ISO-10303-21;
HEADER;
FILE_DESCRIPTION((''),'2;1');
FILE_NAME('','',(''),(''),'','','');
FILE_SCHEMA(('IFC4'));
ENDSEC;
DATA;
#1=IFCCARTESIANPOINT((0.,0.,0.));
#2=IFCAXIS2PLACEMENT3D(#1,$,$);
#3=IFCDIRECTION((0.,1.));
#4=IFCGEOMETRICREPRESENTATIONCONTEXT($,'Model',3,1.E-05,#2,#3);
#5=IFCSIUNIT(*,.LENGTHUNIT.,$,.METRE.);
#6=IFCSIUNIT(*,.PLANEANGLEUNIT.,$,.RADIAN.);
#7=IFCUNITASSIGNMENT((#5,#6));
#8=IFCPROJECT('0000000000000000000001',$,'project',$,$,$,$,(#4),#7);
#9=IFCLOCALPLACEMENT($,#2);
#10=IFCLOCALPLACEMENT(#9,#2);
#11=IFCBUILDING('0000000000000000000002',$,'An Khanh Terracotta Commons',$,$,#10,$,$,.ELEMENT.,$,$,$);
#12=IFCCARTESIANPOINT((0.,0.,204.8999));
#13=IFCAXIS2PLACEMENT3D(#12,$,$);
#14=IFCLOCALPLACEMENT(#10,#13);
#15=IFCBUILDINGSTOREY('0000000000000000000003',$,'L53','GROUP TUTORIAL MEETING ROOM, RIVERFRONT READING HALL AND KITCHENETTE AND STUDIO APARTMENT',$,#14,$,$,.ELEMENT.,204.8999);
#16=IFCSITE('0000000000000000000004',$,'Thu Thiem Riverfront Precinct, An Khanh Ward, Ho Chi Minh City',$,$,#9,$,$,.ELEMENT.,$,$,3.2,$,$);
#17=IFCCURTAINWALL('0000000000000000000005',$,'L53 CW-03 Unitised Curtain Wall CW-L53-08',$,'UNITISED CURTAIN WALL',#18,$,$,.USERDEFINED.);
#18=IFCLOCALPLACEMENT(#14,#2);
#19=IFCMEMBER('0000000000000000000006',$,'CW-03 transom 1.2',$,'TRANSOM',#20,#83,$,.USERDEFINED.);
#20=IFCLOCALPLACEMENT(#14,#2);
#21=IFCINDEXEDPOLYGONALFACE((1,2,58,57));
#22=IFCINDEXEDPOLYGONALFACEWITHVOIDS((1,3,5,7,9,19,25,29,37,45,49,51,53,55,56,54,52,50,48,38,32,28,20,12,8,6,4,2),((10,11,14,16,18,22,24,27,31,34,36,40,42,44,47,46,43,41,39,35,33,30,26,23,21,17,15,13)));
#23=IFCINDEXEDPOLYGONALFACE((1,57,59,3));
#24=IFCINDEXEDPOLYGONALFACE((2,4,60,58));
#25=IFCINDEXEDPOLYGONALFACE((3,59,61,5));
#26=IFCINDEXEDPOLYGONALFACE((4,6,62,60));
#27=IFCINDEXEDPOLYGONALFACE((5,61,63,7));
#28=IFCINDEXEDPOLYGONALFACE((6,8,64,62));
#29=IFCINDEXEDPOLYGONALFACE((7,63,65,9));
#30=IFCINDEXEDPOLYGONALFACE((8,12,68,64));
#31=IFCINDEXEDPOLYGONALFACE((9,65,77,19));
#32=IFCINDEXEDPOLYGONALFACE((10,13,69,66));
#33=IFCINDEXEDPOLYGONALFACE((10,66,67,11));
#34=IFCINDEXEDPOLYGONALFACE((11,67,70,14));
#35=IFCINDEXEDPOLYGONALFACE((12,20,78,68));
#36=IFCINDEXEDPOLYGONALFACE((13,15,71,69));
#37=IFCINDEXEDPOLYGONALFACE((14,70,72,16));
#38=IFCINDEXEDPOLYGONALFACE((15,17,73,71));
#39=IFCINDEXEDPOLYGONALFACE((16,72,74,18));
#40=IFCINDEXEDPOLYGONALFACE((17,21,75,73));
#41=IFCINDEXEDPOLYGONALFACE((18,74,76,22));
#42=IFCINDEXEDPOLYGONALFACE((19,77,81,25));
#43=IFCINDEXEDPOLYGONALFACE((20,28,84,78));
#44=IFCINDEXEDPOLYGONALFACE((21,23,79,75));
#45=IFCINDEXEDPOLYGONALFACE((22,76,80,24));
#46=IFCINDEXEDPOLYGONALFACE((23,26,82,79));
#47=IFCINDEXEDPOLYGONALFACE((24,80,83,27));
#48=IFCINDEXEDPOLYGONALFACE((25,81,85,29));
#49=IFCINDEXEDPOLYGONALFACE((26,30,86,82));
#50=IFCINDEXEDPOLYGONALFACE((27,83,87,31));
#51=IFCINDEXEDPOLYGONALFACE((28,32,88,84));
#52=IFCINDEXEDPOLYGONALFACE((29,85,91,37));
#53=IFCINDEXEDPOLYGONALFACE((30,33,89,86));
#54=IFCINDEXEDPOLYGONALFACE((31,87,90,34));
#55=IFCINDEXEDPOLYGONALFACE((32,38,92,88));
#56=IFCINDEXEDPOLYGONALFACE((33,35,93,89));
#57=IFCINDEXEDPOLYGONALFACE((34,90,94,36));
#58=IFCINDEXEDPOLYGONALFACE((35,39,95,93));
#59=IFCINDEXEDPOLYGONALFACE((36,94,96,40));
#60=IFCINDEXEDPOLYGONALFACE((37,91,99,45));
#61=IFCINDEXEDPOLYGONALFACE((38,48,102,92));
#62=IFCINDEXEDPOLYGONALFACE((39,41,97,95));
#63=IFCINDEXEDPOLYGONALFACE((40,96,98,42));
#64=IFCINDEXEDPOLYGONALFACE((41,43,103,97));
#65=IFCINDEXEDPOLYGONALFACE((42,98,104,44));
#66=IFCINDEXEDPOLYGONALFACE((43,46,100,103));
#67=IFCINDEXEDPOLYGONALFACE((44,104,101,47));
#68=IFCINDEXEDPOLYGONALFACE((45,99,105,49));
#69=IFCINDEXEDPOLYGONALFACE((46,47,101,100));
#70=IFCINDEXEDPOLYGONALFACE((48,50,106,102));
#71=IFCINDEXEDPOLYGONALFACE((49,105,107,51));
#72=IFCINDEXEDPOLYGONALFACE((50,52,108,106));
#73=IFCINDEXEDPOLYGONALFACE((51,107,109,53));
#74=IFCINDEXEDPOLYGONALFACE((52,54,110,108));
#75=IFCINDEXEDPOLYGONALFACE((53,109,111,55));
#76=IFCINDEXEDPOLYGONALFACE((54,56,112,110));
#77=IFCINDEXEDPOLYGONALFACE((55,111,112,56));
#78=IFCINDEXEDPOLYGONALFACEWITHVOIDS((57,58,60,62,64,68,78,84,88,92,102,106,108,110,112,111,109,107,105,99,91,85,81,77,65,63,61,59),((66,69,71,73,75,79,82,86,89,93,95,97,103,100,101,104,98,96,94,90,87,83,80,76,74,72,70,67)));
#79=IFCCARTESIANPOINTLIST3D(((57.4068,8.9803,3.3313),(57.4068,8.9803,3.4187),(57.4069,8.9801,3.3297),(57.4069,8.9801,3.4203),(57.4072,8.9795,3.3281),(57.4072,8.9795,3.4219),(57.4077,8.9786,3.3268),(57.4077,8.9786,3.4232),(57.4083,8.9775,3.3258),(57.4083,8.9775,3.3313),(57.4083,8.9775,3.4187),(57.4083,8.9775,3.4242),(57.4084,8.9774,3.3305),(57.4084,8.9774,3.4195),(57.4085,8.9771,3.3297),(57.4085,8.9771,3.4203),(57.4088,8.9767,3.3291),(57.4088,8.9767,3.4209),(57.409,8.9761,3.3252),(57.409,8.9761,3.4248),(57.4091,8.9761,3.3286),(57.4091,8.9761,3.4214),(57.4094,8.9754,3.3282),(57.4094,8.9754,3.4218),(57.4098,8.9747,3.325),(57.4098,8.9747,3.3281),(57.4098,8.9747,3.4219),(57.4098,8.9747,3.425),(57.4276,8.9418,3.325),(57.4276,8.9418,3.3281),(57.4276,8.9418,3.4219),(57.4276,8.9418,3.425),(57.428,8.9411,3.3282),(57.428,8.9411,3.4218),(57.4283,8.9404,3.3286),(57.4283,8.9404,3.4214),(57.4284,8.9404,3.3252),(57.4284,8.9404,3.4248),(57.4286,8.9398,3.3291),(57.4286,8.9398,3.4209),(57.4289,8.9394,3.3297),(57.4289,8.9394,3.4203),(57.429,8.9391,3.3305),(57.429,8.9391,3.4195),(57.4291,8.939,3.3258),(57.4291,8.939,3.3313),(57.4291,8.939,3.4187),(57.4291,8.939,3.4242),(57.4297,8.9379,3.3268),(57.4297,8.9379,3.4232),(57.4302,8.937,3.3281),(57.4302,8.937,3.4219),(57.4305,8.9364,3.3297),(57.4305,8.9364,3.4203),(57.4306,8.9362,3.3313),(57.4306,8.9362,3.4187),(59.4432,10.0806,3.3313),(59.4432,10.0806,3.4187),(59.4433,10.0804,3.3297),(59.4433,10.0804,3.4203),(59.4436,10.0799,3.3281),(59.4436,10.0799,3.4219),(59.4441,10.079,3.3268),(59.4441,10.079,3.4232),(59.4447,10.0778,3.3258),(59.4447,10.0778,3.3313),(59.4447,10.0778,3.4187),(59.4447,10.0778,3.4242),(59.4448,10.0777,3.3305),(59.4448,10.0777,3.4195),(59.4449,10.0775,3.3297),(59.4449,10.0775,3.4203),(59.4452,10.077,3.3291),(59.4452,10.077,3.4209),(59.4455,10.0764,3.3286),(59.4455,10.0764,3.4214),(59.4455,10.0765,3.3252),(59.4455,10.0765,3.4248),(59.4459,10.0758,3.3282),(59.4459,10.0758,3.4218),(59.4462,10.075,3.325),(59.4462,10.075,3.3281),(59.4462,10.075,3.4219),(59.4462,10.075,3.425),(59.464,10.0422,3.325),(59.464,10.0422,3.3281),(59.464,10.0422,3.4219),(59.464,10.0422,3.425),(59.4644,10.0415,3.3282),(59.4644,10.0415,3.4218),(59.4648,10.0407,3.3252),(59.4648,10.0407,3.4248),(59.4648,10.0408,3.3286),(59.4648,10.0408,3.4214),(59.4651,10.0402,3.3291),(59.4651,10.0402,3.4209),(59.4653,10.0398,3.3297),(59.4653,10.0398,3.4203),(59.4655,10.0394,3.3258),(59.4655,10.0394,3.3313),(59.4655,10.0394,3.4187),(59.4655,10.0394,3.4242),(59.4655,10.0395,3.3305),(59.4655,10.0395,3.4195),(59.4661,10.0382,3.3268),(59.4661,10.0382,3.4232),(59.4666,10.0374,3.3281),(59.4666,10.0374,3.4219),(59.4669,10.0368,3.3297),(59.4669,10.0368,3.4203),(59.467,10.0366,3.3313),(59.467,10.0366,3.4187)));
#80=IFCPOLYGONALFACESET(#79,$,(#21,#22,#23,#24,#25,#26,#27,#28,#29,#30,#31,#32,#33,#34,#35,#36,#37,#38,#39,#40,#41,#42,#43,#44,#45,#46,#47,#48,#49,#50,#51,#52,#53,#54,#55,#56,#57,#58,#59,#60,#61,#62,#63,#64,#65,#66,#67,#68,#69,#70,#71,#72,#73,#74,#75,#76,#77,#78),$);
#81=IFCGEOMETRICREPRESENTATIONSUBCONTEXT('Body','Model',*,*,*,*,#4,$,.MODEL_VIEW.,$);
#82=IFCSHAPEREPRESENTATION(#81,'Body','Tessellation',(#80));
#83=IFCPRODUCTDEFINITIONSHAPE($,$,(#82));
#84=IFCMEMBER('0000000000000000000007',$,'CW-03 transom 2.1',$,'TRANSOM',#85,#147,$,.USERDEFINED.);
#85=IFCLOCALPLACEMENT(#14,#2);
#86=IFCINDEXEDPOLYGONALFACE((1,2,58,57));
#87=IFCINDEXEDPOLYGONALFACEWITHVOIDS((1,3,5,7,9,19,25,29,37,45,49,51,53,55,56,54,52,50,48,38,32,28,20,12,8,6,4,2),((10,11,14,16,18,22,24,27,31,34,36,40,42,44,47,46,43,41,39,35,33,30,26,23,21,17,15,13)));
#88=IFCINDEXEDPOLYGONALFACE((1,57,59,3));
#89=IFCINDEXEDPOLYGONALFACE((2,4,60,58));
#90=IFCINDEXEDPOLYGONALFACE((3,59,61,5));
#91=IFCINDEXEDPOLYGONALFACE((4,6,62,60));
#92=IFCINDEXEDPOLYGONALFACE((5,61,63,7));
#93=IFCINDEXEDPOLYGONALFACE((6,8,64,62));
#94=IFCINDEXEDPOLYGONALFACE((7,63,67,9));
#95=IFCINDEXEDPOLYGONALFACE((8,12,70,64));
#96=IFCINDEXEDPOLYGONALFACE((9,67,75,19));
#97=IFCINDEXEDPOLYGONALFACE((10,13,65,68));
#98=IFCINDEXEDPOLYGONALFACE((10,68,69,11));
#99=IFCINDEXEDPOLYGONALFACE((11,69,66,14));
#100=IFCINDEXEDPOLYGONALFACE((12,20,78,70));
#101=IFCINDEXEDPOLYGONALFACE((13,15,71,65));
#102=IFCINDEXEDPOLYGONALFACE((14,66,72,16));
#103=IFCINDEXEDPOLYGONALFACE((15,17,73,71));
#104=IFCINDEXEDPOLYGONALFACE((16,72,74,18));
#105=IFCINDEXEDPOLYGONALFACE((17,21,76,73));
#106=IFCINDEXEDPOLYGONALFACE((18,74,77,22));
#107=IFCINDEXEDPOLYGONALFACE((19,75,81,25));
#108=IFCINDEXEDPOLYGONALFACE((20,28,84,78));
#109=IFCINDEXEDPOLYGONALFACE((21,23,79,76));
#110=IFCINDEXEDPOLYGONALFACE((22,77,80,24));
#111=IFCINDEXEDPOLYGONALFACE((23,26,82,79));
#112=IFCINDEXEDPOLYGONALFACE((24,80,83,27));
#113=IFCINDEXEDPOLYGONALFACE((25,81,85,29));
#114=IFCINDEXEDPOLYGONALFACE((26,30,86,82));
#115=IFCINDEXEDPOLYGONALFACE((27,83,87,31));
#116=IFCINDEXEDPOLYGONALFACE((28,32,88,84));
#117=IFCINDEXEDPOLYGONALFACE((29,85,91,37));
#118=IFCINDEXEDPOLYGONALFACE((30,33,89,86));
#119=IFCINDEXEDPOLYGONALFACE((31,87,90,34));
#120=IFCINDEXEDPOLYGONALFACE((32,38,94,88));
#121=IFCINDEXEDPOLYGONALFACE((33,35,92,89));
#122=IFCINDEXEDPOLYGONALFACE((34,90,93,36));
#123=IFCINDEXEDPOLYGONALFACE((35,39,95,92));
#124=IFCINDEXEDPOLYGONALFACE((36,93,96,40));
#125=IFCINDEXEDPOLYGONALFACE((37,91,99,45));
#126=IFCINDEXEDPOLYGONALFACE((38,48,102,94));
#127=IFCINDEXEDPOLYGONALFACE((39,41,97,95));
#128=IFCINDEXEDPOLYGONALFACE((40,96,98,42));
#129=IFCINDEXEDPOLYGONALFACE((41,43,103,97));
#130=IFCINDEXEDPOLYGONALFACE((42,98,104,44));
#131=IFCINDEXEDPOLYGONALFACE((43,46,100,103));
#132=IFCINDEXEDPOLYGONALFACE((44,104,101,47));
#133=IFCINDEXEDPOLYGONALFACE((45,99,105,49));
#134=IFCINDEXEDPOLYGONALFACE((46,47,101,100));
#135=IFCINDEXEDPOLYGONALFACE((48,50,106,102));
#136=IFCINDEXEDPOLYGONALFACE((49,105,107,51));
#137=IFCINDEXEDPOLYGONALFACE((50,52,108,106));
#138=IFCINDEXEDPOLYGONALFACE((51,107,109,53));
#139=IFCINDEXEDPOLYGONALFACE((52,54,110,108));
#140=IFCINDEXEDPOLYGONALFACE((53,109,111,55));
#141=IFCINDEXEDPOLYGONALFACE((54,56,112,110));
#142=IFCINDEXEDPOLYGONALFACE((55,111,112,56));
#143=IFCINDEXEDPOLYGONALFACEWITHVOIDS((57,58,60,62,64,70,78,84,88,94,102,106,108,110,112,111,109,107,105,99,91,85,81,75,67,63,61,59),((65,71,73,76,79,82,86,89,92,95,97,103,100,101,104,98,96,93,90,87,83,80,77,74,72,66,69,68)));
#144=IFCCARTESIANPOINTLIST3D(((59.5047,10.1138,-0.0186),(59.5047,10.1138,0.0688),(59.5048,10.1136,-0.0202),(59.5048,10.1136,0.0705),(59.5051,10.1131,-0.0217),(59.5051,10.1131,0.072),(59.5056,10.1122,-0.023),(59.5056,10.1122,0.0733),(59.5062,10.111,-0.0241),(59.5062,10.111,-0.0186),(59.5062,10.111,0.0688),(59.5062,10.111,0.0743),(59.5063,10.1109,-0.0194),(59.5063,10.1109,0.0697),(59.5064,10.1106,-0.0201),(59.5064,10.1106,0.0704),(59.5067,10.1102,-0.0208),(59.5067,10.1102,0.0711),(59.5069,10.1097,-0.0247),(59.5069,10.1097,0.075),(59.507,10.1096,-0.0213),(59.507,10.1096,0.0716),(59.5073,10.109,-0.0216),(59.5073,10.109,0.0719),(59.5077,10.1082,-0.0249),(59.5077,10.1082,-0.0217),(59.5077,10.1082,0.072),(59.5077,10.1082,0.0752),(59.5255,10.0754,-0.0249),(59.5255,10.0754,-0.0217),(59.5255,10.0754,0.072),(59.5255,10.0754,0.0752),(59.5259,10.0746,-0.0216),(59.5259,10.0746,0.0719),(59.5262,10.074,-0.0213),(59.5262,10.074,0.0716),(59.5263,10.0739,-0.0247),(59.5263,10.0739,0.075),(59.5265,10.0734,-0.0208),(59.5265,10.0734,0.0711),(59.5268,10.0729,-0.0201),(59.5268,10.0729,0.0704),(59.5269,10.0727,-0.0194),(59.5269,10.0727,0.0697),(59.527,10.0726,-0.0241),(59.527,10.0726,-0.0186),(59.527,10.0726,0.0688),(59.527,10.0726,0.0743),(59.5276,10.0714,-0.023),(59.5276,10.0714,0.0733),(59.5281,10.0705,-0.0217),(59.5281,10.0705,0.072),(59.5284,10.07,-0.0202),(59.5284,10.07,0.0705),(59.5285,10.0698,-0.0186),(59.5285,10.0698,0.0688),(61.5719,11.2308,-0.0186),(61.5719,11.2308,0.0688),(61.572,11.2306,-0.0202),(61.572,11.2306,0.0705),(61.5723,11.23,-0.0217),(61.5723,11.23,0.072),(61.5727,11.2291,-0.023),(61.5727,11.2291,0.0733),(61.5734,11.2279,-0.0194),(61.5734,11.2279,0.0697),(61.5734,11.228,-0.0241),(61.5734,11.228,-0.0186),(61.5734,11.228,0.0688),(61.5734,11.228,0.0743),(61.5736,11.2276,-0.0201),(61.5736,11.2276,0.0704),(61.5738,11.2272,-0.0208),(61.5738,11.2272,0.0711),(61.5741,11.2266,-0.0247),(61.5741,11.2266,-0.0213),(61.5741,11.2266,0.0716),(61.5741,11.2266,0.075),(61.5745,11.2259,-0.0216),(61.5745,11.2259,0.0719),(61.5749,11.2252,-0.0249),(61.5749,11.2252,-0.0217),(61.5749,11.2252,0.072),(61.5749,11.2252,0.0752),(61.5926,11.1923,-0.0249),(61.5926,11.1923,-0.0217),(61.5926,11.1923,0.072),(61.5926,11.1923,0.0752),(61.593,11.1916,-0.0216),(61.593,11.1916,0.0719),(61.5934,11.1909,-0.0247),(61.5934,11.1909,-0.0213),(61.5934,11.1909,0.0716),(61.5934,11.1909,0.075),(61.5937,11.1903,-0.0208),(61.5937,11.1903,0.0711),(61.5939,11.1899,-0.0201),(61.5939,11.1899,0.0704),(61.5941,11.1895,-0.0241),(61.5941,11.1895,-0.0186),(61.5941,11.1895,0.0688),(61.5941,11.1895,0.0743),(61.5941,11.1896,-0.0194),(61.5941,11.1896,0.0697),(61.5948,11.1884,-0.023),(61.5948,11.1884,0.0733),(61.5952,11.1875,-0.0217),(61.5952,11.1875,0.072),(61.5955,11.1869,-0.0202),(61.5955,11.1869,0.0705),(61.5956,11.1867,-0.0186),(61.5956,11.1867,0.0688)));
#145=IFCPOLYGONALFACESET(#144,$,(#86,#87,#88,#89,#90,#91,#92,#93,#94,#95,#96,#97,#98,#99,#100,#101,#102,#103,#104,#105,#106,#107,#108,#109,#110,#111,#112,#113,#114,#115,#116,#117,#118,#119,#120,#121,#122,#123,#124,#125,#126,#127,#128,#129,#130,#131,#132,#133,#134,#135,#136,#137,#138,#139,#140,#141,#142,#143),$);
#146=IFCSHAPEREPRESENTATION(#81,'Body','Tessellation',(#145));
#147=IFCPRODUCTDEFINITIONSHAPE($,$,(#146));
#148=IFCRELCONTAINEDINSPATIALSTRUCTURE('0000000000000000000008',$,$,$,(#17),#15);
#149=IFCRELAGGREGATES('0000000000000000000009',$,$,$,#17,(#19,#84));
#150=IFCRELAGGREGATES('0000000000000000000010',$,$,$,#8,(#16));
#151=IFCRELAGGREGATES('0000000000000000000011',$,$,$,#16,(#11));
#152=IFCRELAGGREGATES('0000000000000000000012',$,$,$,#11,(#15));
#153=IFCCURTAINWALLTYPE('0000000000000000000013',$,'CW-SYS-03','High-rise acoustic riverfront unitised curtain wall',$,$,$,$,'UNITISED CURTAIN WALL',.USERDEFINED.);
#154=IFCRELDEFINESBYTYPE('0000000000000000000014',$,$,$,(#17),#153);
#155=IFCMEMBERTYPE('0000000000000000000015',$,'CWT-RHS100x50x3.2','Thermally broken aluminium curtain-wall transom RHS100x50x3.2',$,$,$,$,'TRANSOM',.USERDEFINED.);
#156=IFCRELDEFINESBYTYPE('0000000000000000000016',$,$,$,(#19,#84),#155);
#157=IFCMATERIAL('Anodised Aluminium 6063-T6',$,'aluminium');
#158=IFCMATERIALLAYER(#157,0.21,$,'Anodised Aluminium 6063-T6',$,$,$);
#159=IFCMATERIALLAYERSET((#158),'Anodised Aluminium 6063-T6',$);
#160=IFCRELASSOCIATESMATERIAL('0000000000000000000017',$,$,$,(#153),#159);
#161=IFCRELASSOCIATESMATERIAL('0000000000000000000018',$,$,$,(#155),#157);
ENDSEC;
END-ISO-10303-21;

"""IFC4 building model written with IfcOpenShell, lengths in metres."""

from ifc_helpers import new_model, si_unit, direction, frame, origin, origin_2d, place, context, subcontext, project, spatial, hollow_rectangle, extrude, material, layer, layer_set, material_profile, profile_set, type_object, element, aggregate, save


model = new_model("IFC4")

# Units and contexts
model_context = context("Model", 3, precision=1e-05, world=origin(), true_north=direction((0.0, 1.0)))
body_context = subcontext(model_context, "Body", "Model", "MODEL_VIEW")
ifc_project = project(units=[si_unit("LENGTHUNIT", "METRE"), si_unit("PLANEANGLEUNIT", "RADIAN")], contexts=[model_context])

# Site, building, storey
site_placement = place(None, origin())
site = spatial("IfcSite", under=ifc_project, at=site_placement, Name="Thu Thiem Riverfront Precinct, An Khanh Ward, Ho Chi Minh City", CompositionType="ELEMENT", RefElevation=3.2)
building_placement = place(site_placement, origin())
building = spatial("IfcBuilding", under=site, at=building_placement, Name="An Khanh Terracotta Commons", CompositionType="ELEMENT")
storey_placement = place(building_placement, frame((0.0, 0.0, 204.8999)))
storey = spatial("IfcBuildingStorey", under=building, at=storey_placement, Name="L53", Description="GROUP TUTORIAL MEETING ROOM, RIVERFRONT READING HALL AND KITCHENETTE AND STUDIO APARTMENT", CompositionType="ELEMENT", Elevation=204.8999)

# Curtain wall, members
ifc_material_1 = material(Name="Anodised Aluminium 6063-T6", Category="aluminium")
ifc_layer_1 = layer(ifc_material_1, 0.21, Name="Anodised Aluminium 6063-T6")
ifc_layer_set_1 = layer_set([ifc_layer_1], Name="Anodised Aluminium 6063-T6")
curtain_wall_type = type_object("IfcCurtainWallType", Name="CW-SYS-03", Description="High-rise acoustic riverfront unitised curtain wall", ElementType="UNITISED CURTAIN WALL", PredefinedType="USERDEFINED", material=ifc_layer_set_1)
curtain_wall_placement = place(storey_placement, origin())
curtain_wall = element("IfcCurtainWall", 1, at=curtain_wall_placement, inside=storey, type_object=curtain_wall_type, Name="L53 CW-03 Unitised Curtain Wall CW-L53-08", ObjectType="UNITISED CURTAIN WALL", PredefinedType="USERDEFINED")
ifc_material_profile_1 = material_profile(ifc_material_1, hollow_rectangle(XDim=0.05, YDim=0.1001, WallThickness=0.0032, InnerFilletRadius=0.0032, OuterFilletRadius=0.0063, at=origin_2d()), Name="RHS100x50x3.2")
ifc_profile_set_1 = profile_set([ifc_material_profile_1], Name="Anodised Aluminium 6063-T6")
member_type_1 = type_object("IfcMemberType", Name="CWT-RHS100x50x3.2", Description="Thermally broken aluminium curtain-wall transom RHS100x50x3.2", ElementType="TRANSOM", PredefinedType="USERDEFINED", material=ifc_profile_set_1)
member_1_placement = place(storey_placement, frame((57.4187, 8.9583, 3.375), z_axis=(0.879779, 0.475382, 0.0), x_axis=(-0.475382, 0.879779, 0.0)))
member_1 = element("IfcMember", 2, at=member_1_placement, type_object=member_type_1, Name="CW-03 transom 1.2", ObjectType="TRANSOM", PredefinedType="USERDEFINED", context=body_context, shape_type="SweptSolid", body=[
    extrude(hollow_rectangle(XDim=0.05, YDim=0.1001, WallThickness=0.0032, InnerFilletRadius=0.0032, OuterFilletRadius=0.0063, at=origin_2d()), origin(), (0.0, 0.0, 1.0), 2.3147),
])
member_2_placement = place(storey_placement, frame((59.5166, 10.0918, 0.0251), z_axis=(0.879783, 0.475376, 0.0), x_axis=(-0.475376, 0.879783, 0.0)))
member_2 = element("IfcMember", 3, at=member_2_placement, type_object=member_type_1, Name="CW-03 transom 2.1", ObjectType="TRANSOM", PredefinedType="USERDEFINED", context=body_context, shape_type="SweptSolid", body=[
    extrude(hollow_rectangle(XDim=0.05, YDim=0.1001, WallThickness=0.0032, InnerFilletRadius=0.0032, OuterFilletRadius=0.0063, at=origin_2d()), origin(), (0.0, 0.0, 1.0), 2.3496),
])
aggregate(curtain_wall, [member_1, member_2])

save(model, "model.ifc")
